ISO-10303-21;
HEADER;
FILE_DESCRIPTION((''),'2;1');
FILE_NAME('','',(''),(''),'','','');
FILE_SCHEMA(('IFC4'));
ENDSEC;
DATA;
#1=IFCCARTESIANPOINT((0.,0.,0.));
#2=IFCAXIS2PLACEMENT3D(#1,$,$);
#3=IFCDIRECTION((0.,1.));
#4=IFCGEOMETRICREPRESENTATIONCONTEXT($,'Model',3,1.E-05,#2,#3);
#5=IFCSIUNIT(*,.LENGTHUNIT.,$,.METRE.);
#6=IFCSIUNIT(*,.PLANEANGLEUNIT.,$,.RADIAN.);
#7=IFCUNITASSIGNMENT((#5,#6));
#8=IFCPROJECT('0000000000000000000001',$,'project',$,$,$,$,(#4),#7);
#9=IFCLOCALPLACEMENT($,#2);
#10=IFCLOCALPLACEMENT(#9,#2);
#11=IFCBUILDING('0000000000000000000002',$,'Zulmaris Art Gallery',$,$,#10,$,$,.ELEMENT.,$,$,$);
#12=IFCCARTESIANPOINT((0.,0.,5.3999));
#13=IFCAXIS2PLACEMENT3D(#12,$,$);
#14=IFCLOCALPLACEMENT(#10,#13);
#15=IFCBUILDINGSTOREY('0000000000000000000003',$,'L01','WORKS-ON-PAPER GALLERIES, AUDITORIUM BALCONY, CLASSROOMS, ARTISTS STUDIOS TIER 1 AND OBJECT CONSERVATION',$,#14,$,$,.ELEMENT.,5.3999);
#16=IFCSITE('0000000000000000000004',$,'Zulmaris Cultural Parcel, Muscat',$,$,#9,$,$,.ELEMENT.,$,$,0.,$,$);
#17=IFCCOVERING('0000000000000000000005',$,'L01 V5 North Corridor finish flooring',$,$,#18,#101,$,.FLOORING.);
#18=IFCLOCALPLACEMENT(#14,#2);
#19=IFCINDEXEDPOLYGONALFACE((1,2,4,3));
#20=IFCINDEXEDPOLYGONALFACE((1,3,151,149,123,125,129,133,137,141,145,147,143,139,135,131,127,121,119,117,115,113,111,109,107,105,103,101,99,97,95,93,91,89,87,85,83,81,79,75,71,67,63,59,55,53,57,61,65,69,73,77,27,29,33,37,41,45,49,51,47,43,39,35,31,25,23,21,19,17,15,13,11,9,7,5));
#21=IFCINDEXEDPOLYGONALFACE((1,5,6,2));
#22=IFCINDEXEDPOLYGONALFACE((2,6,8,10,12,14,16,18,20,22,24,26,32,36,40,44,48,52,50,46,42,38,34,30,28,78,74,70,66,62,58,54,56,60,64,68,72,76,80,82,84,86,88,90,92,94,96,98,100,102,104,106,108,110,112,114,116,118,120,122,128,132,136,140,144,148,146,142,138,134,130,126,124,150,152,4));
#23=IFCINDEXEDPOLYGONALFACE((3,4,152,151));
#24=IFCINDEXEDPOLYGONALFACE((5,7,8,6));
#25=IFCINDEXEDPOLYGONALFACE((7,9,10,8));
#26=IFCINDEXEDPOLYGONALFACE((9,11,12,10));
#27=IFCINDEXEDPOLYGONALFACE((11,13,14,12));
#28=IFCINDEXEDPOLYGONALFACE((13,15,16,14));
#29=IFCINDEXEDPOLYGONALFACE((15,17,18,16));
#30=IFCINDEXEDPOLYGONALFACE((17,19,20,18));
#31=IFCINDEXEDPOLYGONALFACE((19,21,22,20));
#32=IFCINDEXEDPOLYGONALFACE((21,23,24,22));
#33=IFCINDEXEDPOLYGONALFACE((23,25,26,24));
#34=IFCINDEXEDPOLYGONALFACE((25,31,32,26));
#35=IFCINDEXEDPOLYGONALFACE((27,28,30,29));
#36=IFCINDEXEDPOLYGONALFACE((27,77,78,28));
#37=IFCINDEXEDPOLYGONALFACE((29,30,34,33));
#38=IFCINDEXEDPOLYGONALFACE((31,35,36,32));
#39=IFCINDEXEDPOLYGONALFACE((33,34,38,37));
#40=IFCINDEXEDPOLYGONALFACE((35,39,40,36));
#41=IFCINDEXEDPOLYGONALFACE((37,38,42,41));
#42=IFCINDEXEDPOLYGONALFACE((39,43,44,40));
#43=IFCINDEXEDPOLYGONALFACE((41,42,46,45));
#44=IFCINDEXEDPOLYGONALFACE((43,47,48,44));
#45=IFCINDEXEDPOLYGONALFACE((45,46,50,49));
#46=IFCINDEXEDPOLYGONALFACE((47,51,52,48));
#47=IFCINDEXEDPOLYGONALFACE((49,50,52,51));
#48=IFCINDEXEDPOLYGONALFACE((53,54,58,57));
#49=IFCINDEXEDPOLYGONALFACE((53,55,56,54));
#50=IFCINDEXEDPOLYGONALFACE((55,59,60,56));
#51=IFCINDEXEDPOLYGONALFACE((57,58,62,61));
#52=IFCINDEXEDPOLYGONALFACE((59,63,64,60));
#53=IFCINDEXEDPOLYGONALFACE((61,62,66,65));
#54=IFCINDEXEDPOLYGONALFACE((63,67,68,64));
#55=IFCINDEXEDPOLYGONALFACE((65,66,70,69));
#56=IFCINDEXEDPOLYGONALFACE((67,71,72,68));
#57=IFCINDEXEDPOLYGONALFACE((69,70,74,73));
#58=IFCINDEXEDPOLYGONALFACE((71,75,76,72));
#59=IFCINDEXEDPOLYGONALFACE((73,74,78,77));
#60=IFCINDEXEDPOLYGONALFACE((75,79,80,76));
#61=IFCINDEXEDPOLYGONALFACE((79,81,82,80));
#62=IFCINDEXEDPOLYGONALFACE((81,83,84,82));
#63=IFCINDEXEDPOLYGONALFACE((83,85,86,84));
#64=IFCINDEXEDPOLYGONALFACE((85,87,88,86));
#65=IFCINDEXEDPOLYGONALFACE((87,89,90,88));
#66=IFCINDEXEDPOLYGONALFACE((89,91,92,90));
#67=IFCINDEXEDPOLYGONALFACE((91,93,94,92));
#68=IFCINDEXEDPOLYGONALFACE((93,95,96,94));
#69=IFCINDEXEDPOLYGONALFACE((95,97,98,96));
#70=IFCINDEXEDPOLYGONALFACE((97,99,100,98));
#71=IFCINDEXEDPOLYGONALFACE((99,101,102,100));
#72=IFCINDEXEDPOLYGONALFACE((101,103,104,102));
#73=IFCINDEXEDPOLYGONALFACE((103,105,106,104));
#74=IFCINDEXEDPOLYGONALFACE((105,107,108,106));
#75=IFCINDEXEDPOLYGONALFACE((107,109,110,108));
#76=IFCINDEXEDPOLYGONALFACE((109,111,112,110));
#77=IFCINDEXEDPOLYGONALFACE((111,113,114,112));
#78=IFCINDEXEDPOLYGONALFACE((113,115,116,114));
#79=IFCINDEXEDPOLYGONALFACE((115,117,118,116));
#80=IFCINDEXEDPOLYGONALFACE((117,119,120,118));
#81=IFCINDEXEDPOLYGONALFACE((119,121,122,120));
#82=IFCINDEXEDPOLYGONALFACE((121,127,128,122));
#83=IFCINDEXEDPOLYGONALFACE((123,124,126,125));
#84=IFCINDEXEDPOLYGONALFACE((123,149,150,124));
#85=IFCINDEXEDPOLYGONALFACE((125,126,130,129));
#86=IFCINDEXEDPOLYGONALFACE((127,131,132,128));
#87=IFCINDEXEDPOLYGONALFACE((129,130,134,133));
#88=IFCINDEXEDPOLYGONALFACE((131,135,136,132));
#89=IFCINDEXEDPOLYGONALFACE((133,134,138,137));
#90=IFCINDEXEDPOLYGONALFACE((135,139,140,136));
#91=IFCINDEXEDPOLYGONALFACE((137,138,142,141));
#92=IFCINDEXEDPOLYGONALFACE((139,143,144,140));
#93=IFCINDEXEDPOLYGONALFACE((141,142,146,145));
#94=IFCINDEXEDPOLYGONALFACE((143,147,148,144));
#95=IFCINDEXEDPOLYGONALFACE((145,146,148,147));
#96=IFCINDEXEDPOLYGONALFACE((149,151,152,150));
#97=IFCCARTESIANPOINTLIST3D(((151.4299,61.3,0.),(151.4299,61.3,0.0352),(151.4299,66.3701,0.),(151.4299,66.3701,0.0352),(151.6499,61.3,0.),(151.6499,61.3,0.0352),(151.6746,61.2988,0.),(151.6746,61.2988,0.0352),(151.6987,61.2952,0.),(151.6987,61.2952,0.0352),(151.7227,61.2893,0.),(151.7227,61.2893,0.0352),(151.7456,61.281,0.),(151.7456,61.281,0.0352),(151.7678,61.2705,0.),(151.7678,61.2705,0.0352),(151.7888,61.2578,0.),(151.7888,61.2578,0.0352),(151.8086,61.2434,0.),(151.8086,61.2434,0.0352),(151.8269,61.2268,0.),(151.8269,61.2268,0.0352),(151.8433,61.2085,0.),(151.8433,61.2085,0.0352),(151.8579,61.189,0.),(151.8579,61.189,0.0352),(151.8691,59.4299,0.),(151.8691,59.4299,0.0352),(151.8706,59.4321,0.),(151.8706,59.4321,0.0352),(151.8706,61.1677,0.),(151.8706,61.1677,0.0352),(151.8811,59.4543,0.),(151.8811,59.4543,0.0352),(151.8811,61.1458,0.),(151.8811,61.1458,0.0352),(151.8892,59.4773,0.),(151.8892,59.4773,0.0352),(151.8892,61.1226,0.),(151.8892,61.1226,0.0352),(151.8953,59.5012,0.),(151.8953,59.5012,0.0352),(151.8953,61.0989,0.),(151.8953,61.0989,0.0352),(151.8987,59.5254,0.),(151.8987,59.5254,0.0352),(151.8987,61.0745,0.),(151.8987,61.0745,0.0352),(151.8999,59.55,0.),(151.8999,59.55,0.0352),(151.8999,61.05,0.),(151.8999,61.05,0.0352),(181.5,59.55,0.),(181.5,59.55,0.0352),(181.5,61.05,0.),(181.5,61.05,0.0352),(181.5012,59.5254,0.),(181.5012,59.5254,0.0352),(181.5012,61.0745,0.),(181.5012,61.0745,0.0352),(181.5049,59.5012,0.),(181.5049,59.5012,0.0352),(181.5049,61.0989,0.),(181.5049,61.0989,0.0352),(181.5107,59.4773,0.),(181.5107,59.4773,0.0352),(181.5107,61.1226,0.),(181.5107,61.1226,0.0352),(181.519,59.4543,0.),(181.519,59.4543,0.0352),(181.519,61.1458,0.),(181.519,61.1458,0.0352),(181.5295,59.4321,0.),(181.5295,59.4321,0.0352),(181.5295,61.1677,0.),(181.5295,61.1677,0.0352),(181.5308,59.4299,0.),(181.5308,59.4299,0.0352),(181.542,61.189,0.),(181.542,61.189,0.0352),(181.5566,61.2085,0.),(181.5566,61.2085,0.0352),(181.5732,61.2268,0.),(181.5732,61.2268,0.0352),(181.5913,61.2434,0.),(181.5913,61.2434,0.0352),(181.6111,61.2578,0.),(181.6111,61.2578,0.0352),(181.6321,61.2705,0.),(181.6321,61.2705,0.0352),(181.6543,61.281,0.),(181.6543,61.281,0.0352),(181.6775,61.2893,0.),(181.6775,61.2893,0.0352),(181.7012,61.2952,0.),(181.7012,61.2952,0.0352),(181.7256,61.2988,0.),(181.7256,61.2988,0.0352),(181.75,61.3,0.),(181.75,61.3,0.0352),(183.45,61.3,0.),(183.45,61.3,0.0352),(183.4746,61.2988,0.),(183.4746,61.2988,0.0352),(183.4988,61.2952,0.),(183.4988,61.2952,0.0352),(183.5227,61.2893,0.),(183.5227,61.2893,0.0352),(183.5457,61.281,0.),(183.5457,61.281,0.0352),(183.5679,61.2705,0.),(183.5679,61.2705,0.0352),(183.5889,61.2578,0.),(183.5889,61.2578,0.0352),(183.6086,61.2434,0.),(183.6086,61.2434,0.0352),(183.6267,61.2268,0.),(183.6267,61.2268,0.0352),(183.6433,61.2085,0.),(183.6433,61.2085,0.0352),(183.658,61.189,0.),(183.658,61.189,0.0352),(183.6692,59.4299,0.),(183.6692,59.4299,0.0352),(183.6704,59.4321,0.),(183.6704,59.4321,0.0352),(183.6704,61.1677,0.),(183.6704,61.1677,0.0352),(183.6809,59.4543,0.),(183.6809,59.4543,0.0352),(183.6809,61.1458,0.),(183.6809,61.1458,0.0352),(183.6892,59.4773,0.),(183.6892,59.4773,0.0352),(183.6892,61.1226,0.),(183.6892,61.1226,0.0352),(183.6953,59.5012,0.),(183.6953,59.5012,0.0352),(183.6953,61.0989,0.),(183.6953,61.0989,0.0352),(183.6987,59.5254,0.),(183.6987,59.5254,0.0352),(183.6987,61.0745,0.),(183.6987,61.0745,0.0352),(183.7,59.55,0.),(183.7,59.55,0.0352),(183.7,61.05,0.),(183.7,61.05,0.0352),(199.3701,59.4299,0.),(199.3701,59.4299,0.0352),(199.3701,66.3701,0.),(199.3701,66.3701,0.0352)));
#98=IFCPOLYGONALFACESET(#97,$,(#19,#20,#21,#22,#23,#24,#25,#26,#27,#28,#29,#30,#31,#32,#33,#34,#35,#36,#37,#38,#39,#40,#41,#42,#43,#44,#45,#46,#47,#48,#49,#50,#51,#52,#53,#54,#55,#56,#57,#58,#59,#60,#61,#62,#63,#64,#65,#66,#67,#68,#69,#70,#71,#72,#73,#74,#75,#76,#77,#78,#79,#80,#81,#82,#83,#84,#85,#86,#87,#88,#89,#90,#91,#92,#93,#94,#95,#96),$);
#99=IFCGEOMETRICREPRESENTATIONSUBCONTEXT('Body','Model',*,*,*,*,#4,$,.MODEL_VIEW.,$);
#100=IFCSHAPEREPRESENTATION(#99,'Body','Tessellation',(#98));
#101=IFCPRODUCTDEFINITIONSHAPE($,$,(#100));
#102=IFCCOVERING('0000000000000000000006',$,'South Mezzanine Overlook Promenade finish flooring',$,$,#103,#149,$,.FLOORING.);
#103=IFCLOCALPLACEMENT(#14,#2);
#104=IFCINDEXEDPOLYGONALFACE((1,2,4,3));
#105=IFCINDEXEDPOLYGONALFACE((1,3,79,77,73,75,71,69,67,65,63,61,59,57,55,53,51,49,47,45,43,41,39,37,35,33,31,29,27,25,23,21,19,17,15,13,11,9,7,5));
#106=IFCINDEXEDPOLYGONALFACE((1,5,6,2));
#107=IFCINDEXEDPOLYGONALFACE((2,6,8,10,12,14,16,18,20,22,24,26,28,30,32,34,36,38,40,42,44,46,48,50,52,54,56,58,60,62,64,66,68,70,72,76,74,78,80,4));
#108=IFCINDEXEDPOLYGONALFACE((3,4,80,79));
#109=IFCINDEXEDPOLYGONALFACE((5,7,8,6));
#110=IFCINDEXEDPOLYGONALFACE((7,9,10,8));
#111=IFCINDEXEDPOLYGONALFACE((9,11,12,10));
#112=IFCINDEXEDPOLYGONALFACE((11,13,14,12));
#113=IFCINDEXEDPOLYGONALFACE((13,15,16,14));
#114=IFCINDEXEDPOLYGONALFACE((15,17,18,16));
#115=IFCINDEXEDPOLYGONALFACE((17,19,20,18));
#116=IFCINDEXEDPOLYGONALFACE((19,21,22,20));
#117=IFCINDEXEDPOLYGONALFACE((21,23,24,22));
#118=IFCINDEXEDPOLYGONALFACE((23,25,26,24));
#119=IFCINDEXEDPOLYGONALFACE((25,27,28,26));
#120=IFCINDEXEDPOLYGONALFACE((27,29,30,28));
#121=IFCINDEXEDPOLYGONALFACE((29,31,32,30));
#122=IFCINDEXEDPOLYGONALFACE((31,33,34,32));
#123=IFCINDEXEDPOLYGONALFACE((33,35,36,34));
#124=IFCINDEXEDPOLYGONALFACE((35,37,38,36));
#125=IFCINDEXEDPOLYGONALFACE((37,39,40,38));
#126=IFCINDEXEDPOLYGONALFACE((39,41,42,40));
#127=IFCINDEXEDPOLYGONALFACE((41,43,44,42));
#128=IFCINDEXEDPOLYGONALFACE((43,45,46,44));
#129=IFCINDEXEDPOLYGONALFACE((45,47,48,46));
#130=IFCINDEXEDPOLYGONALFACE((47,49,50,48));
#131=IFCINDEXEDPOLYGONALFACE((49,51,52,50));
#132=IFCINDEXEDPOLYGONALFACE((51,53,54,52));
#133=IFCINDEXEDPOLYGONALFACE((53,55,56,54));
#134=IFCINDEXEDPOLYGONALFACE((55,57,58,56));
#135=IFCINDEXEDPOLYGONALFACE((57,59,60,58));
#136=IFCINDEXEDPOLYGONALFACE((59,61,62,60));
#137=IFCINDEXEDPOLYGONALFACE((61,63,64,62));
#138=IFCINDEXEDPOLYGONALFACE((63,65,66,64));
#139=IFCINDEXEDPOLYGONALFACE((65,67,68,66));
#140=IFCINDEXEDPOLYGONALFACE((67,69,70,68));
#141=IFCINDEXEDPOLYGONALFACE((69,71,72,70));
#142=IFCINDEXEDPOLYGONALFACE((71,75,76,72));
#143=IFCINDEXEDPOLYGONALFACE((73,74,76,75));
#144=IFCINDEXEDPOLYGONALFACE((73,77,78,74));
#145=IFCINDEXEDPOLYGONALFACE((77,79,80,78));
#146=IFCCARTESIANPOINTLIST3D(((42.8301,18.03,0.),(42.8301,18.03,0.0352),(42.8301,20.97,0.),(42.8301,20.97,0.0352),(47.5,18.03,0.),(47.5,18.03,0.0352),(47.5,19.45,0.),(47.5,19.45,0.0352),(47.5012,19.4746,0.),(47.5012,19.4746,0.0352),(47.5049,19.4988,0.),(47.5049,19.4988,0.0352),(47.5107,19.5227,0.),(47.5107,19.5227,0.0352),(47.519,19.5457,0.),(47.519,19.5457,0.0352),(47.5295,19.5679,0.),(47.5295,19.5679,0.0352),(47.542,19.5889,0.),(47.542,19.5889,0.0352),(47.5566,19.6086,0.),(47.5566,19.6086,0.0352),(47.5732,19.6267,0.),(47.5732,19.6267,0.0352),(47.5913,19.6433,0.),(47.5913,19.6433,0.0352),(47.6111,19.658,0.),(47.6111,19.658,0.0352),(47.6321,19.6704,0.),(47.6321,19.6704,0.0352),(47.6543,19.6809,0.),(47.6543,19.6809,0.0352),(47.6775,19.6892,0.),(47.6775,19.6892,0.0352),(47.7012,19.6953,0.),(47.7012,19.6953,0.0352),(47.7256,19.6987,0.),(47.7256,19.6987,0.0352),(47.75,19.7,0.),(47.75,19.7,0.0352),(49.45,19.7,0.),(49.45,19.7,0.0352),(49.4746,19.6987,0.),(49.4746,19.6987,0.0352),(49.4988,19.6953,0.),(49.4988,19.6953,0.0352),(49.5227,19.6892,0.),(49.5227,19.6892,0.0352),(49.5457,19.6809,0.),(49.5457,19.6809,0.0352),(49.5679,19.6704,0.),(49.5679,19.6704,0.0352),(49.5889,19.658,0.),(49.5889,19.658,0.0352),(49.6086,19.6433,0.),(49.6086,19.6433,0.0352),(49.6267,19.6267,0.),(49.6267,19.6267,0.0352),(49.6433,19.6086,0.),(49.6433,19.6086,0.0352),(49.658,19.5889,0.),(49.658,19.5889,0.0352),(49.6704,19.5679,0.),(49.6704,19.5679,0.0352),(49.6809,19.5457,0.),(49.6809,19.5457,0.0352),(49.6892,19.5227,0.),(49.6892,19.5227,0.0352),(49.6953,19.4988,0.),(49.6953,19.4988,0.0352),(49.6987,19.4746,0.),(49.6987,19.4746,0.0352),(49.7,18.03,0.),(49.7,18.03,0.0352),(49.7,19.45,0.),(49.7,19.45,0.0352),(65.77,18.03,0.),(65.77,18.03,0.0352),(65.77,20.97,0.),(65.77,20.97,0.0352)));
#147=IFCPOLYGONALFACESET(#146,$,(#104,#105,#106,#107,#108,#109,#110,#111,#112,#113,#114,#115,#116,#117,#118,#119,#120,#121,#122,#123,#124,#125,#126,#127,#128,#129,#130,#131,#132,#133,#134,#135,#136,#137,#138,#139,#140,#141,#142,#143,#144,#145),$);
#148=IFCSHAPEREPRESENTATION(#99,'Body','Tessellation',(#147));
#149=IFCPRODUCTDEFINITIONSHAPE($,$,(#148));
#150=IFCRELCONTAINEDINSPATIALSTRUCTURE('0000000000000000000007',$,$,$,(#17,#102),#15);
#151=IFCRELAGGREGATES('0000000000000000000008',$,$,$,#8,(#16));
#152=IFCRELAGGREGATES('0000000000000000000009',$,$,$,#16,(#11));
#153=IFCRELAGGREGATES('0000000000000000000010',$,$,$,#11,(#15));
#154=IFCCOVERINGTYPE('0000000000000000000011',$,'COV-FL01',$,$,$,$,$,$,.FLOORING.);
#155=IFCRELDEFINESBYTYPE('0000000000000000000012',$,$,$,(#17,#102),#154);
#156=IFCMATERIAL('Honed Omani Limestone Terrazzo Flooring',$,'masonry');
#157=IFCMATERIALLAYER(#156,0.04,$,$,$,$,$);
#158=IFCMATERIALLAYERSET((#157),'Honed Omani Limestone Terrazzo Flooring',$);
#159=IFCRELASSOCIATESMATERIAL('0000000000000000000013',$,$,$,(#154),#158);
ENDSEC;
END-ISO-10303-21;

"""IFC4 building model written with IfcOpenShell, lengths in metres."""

from ifc_helpers import new_model, si_unit, direction, frame, origin, place, context, subcontext, project, spatial, polyline, outline, extrude, material, layer, layer_set, type_object, element, save


model = new_model("IFC4")

# Units and contexts
model_context = context("Model", 3, precision=1e-05, world=origin(), true_north=direction((0.0, 1.0)))
body_context = subcontext(model_context, "Body", "Model", "MODEL_VIEW")
ifc_project = project(units=[si_unit("LENGTHUNIT", "METRE"), si_unit("PLANEANGLEUNIT", "RADIAN")], contexts=[model_context])

# Site, building, storey
site_placement = place(None, origin())
site = spatial("IfcSite", under=ifc_project, at=site_placement, Name="Zulmaris Cultural Parcel, Muscat", CompositionType="ELEMENT", RefElevation=0.0)
building_placement = place(site_placement, origin())
building = spatial("IfcBuilding", under=site, at=building_placement, Name="Zulmaris Art Gallery", CompositionType="ELEMENT")
storey_placement = place(building_placement, frame((0.0, 0.0, 5.3999)))
storey = spatial("IfcBuildingStorey", under=building, at=storey_placement, Name="L01", Description="WORKS-ON-PAPER GALLERIES, AUDITORIUM BALCONY, CLASSROOMS, ARTISTS STUDIOS TIER 1 AND OBJECT CONSERVATION", CompositionType="ELEMENT", Elevation=5.3999)

# Coverings
ifc_material_1 = material(Name="Honed Omani Limestone Terrazzo Flooring", Category="masonry")
ifc_layer_1 = layer(ifc_material_1, 0.04)
ifc_layer_set_1 = layer_set([ifc_layer_1], Name="Honed Omani Limestone Terrazzo Flooring")
covering_type_1 = type_object("IfcCoveringType", Name="COV-FL01", PredefinedType="FLOORING", material=ifc_layer_set_1)
covering_1_placement = place(storey_placement, origin())
element("IfcCovering", 1, at=covering_1_placement, inside=storey, type_object=covering_type_1, Name="L01 V5 North Corridor finish flooring", PredefinedType="FLOORING", context=body_context, shape_type="SweptSolid", body=[
    extrude(outline(polyline([(151.8706, 59.4321), (151.8811, 59.4543), (151.8892, 59.4773), (151.8953, 59.5012), (151.8987, 59.5254), (151.8999, 59.55), (151.8999, 61.05), (151.8987, 61.0745), (151.8953, 61.0989), (151.8892, 61.1226), (151.8811, 61.1458), (151.8706, 61.1677), (151.8579, 61.189), (151.8433, 61.2085), (151.8269, 61.2268), (151.8086, 61.2434), (151.7888, 61.2578), (151.7678, 61.2705), (151.7456, 61.281), (151.7227, 61.2893), (151.6987, 61.2952), (151.6746, 61.2988), (151.6499, 61.3), (151.4299, 61.3), (151.4299, 66.3701), (199.3701, 66.3701), (199.3701, 59.4299), (183.6692, 59.4299), (183.6704, 59.4321), (183.6809, 59.4543), (183.6892, 59.4773), (183.6953, 59.5012), (183.6987, 59.5254), (183.7, 59.55), (183.7, 61.05), (183.6987, 61.0745), (183.6953, 61.0989), (183.6892, 61.1226), (183.6809, 61.1458), (183.6704, 61.1677), (183.658, 61.189), (183.6433, 61.2085), (183.6267, 61.2268), (183.6086, 61.2434), (183.5889, 61.2578), (183.5679, 61.2705), (183.5457, 61.281), (183.5227, 61.2893), (183.4988, 61.2952), (183.4746, 61.2988), (183.45, 61.3), (181.75, 61.3), (181.7256, 61.2988), (181.7012, 61.2952), (181.6775, 61.2893), (181.6543, 61.281), (181.6321, 61.2705), (181.6111, 61.2578), (181.5913, 61.2434), (181.5732, 61.2268), (181.5566, 61.2085), (181.542, 61.189), (181.5295, 61.1677), (181.519, 61.1458), (181.5107, 61.1226), (181.5049, 61.0989), (181.5012, 61.0745), (181.5, 61.05), (181.5, 59.55), (181.5012, 59.5254), (181.5049, 59.5012), (181.5107, 59.4773), (181.519, 59.4543), (181.5295, 59.4321), (181.5308, 59.4299), (151.8691, 59.4299), (151.8706, 59.4321)])), origin(), (0.0, 0.0, 1.0), 0.0352),
])
covering_2_placement = place(storey_placement, origin())
element("IfcCovering", 2, at=covering_2_placement, inside=storey, type_object=covering_type_1, Name="South Mezzanine Overlook Promenade finish flooring", PredefinedType="FLOORING", context=body_context, shape_type="SweptSolid", body=[
    extrude(outline(polyline([(49.7, 19.45), (49.6987, 19.4746), (49.6953, 19.4988), (49.6892, 19.5227), (49.6809, 19.5457), (49.6704, 19.5679), (49.658, 19.5889), (49.6433, 19.6086), (49.6267, 19.6267), (49.6086, 19.6433), (49.5889, 19.658), (49.5679, 19.6704), (49.5457, 19.6809), (49.5227, 19.6892), (49.4988, 19.6953), (49.4746, 19.6987), (49.45, 19.7), (47.75, 19.7), (47.7256, 19.6987), (47.7012, 19.6953), (47.6775, 19.6892), (47.6543, 19.6809), (47.6321, 19.6704), (47.6111, 19.658), (47.5913, 19.6433), (47.5732, 19.6267), (47.5566, 19.6086), (47.542, 19.5889), (47.5295, 19.5679), (47.519, 19.5457), (47.5107, 19.5227), (47.5049, 19.4988), (47.5012, 19.4746), (47.5, 19.45), (47.5, 18.03), (42.8301, 18.03), (42.8301, 20.97), (65.77, 20.97), (65.77, 18.03), (49.7, 18.03), (49.7, 19.45)])), origin(), (0.0, 0.0, 1.0), 0.0352),
])

save(model, "model.ifc")
